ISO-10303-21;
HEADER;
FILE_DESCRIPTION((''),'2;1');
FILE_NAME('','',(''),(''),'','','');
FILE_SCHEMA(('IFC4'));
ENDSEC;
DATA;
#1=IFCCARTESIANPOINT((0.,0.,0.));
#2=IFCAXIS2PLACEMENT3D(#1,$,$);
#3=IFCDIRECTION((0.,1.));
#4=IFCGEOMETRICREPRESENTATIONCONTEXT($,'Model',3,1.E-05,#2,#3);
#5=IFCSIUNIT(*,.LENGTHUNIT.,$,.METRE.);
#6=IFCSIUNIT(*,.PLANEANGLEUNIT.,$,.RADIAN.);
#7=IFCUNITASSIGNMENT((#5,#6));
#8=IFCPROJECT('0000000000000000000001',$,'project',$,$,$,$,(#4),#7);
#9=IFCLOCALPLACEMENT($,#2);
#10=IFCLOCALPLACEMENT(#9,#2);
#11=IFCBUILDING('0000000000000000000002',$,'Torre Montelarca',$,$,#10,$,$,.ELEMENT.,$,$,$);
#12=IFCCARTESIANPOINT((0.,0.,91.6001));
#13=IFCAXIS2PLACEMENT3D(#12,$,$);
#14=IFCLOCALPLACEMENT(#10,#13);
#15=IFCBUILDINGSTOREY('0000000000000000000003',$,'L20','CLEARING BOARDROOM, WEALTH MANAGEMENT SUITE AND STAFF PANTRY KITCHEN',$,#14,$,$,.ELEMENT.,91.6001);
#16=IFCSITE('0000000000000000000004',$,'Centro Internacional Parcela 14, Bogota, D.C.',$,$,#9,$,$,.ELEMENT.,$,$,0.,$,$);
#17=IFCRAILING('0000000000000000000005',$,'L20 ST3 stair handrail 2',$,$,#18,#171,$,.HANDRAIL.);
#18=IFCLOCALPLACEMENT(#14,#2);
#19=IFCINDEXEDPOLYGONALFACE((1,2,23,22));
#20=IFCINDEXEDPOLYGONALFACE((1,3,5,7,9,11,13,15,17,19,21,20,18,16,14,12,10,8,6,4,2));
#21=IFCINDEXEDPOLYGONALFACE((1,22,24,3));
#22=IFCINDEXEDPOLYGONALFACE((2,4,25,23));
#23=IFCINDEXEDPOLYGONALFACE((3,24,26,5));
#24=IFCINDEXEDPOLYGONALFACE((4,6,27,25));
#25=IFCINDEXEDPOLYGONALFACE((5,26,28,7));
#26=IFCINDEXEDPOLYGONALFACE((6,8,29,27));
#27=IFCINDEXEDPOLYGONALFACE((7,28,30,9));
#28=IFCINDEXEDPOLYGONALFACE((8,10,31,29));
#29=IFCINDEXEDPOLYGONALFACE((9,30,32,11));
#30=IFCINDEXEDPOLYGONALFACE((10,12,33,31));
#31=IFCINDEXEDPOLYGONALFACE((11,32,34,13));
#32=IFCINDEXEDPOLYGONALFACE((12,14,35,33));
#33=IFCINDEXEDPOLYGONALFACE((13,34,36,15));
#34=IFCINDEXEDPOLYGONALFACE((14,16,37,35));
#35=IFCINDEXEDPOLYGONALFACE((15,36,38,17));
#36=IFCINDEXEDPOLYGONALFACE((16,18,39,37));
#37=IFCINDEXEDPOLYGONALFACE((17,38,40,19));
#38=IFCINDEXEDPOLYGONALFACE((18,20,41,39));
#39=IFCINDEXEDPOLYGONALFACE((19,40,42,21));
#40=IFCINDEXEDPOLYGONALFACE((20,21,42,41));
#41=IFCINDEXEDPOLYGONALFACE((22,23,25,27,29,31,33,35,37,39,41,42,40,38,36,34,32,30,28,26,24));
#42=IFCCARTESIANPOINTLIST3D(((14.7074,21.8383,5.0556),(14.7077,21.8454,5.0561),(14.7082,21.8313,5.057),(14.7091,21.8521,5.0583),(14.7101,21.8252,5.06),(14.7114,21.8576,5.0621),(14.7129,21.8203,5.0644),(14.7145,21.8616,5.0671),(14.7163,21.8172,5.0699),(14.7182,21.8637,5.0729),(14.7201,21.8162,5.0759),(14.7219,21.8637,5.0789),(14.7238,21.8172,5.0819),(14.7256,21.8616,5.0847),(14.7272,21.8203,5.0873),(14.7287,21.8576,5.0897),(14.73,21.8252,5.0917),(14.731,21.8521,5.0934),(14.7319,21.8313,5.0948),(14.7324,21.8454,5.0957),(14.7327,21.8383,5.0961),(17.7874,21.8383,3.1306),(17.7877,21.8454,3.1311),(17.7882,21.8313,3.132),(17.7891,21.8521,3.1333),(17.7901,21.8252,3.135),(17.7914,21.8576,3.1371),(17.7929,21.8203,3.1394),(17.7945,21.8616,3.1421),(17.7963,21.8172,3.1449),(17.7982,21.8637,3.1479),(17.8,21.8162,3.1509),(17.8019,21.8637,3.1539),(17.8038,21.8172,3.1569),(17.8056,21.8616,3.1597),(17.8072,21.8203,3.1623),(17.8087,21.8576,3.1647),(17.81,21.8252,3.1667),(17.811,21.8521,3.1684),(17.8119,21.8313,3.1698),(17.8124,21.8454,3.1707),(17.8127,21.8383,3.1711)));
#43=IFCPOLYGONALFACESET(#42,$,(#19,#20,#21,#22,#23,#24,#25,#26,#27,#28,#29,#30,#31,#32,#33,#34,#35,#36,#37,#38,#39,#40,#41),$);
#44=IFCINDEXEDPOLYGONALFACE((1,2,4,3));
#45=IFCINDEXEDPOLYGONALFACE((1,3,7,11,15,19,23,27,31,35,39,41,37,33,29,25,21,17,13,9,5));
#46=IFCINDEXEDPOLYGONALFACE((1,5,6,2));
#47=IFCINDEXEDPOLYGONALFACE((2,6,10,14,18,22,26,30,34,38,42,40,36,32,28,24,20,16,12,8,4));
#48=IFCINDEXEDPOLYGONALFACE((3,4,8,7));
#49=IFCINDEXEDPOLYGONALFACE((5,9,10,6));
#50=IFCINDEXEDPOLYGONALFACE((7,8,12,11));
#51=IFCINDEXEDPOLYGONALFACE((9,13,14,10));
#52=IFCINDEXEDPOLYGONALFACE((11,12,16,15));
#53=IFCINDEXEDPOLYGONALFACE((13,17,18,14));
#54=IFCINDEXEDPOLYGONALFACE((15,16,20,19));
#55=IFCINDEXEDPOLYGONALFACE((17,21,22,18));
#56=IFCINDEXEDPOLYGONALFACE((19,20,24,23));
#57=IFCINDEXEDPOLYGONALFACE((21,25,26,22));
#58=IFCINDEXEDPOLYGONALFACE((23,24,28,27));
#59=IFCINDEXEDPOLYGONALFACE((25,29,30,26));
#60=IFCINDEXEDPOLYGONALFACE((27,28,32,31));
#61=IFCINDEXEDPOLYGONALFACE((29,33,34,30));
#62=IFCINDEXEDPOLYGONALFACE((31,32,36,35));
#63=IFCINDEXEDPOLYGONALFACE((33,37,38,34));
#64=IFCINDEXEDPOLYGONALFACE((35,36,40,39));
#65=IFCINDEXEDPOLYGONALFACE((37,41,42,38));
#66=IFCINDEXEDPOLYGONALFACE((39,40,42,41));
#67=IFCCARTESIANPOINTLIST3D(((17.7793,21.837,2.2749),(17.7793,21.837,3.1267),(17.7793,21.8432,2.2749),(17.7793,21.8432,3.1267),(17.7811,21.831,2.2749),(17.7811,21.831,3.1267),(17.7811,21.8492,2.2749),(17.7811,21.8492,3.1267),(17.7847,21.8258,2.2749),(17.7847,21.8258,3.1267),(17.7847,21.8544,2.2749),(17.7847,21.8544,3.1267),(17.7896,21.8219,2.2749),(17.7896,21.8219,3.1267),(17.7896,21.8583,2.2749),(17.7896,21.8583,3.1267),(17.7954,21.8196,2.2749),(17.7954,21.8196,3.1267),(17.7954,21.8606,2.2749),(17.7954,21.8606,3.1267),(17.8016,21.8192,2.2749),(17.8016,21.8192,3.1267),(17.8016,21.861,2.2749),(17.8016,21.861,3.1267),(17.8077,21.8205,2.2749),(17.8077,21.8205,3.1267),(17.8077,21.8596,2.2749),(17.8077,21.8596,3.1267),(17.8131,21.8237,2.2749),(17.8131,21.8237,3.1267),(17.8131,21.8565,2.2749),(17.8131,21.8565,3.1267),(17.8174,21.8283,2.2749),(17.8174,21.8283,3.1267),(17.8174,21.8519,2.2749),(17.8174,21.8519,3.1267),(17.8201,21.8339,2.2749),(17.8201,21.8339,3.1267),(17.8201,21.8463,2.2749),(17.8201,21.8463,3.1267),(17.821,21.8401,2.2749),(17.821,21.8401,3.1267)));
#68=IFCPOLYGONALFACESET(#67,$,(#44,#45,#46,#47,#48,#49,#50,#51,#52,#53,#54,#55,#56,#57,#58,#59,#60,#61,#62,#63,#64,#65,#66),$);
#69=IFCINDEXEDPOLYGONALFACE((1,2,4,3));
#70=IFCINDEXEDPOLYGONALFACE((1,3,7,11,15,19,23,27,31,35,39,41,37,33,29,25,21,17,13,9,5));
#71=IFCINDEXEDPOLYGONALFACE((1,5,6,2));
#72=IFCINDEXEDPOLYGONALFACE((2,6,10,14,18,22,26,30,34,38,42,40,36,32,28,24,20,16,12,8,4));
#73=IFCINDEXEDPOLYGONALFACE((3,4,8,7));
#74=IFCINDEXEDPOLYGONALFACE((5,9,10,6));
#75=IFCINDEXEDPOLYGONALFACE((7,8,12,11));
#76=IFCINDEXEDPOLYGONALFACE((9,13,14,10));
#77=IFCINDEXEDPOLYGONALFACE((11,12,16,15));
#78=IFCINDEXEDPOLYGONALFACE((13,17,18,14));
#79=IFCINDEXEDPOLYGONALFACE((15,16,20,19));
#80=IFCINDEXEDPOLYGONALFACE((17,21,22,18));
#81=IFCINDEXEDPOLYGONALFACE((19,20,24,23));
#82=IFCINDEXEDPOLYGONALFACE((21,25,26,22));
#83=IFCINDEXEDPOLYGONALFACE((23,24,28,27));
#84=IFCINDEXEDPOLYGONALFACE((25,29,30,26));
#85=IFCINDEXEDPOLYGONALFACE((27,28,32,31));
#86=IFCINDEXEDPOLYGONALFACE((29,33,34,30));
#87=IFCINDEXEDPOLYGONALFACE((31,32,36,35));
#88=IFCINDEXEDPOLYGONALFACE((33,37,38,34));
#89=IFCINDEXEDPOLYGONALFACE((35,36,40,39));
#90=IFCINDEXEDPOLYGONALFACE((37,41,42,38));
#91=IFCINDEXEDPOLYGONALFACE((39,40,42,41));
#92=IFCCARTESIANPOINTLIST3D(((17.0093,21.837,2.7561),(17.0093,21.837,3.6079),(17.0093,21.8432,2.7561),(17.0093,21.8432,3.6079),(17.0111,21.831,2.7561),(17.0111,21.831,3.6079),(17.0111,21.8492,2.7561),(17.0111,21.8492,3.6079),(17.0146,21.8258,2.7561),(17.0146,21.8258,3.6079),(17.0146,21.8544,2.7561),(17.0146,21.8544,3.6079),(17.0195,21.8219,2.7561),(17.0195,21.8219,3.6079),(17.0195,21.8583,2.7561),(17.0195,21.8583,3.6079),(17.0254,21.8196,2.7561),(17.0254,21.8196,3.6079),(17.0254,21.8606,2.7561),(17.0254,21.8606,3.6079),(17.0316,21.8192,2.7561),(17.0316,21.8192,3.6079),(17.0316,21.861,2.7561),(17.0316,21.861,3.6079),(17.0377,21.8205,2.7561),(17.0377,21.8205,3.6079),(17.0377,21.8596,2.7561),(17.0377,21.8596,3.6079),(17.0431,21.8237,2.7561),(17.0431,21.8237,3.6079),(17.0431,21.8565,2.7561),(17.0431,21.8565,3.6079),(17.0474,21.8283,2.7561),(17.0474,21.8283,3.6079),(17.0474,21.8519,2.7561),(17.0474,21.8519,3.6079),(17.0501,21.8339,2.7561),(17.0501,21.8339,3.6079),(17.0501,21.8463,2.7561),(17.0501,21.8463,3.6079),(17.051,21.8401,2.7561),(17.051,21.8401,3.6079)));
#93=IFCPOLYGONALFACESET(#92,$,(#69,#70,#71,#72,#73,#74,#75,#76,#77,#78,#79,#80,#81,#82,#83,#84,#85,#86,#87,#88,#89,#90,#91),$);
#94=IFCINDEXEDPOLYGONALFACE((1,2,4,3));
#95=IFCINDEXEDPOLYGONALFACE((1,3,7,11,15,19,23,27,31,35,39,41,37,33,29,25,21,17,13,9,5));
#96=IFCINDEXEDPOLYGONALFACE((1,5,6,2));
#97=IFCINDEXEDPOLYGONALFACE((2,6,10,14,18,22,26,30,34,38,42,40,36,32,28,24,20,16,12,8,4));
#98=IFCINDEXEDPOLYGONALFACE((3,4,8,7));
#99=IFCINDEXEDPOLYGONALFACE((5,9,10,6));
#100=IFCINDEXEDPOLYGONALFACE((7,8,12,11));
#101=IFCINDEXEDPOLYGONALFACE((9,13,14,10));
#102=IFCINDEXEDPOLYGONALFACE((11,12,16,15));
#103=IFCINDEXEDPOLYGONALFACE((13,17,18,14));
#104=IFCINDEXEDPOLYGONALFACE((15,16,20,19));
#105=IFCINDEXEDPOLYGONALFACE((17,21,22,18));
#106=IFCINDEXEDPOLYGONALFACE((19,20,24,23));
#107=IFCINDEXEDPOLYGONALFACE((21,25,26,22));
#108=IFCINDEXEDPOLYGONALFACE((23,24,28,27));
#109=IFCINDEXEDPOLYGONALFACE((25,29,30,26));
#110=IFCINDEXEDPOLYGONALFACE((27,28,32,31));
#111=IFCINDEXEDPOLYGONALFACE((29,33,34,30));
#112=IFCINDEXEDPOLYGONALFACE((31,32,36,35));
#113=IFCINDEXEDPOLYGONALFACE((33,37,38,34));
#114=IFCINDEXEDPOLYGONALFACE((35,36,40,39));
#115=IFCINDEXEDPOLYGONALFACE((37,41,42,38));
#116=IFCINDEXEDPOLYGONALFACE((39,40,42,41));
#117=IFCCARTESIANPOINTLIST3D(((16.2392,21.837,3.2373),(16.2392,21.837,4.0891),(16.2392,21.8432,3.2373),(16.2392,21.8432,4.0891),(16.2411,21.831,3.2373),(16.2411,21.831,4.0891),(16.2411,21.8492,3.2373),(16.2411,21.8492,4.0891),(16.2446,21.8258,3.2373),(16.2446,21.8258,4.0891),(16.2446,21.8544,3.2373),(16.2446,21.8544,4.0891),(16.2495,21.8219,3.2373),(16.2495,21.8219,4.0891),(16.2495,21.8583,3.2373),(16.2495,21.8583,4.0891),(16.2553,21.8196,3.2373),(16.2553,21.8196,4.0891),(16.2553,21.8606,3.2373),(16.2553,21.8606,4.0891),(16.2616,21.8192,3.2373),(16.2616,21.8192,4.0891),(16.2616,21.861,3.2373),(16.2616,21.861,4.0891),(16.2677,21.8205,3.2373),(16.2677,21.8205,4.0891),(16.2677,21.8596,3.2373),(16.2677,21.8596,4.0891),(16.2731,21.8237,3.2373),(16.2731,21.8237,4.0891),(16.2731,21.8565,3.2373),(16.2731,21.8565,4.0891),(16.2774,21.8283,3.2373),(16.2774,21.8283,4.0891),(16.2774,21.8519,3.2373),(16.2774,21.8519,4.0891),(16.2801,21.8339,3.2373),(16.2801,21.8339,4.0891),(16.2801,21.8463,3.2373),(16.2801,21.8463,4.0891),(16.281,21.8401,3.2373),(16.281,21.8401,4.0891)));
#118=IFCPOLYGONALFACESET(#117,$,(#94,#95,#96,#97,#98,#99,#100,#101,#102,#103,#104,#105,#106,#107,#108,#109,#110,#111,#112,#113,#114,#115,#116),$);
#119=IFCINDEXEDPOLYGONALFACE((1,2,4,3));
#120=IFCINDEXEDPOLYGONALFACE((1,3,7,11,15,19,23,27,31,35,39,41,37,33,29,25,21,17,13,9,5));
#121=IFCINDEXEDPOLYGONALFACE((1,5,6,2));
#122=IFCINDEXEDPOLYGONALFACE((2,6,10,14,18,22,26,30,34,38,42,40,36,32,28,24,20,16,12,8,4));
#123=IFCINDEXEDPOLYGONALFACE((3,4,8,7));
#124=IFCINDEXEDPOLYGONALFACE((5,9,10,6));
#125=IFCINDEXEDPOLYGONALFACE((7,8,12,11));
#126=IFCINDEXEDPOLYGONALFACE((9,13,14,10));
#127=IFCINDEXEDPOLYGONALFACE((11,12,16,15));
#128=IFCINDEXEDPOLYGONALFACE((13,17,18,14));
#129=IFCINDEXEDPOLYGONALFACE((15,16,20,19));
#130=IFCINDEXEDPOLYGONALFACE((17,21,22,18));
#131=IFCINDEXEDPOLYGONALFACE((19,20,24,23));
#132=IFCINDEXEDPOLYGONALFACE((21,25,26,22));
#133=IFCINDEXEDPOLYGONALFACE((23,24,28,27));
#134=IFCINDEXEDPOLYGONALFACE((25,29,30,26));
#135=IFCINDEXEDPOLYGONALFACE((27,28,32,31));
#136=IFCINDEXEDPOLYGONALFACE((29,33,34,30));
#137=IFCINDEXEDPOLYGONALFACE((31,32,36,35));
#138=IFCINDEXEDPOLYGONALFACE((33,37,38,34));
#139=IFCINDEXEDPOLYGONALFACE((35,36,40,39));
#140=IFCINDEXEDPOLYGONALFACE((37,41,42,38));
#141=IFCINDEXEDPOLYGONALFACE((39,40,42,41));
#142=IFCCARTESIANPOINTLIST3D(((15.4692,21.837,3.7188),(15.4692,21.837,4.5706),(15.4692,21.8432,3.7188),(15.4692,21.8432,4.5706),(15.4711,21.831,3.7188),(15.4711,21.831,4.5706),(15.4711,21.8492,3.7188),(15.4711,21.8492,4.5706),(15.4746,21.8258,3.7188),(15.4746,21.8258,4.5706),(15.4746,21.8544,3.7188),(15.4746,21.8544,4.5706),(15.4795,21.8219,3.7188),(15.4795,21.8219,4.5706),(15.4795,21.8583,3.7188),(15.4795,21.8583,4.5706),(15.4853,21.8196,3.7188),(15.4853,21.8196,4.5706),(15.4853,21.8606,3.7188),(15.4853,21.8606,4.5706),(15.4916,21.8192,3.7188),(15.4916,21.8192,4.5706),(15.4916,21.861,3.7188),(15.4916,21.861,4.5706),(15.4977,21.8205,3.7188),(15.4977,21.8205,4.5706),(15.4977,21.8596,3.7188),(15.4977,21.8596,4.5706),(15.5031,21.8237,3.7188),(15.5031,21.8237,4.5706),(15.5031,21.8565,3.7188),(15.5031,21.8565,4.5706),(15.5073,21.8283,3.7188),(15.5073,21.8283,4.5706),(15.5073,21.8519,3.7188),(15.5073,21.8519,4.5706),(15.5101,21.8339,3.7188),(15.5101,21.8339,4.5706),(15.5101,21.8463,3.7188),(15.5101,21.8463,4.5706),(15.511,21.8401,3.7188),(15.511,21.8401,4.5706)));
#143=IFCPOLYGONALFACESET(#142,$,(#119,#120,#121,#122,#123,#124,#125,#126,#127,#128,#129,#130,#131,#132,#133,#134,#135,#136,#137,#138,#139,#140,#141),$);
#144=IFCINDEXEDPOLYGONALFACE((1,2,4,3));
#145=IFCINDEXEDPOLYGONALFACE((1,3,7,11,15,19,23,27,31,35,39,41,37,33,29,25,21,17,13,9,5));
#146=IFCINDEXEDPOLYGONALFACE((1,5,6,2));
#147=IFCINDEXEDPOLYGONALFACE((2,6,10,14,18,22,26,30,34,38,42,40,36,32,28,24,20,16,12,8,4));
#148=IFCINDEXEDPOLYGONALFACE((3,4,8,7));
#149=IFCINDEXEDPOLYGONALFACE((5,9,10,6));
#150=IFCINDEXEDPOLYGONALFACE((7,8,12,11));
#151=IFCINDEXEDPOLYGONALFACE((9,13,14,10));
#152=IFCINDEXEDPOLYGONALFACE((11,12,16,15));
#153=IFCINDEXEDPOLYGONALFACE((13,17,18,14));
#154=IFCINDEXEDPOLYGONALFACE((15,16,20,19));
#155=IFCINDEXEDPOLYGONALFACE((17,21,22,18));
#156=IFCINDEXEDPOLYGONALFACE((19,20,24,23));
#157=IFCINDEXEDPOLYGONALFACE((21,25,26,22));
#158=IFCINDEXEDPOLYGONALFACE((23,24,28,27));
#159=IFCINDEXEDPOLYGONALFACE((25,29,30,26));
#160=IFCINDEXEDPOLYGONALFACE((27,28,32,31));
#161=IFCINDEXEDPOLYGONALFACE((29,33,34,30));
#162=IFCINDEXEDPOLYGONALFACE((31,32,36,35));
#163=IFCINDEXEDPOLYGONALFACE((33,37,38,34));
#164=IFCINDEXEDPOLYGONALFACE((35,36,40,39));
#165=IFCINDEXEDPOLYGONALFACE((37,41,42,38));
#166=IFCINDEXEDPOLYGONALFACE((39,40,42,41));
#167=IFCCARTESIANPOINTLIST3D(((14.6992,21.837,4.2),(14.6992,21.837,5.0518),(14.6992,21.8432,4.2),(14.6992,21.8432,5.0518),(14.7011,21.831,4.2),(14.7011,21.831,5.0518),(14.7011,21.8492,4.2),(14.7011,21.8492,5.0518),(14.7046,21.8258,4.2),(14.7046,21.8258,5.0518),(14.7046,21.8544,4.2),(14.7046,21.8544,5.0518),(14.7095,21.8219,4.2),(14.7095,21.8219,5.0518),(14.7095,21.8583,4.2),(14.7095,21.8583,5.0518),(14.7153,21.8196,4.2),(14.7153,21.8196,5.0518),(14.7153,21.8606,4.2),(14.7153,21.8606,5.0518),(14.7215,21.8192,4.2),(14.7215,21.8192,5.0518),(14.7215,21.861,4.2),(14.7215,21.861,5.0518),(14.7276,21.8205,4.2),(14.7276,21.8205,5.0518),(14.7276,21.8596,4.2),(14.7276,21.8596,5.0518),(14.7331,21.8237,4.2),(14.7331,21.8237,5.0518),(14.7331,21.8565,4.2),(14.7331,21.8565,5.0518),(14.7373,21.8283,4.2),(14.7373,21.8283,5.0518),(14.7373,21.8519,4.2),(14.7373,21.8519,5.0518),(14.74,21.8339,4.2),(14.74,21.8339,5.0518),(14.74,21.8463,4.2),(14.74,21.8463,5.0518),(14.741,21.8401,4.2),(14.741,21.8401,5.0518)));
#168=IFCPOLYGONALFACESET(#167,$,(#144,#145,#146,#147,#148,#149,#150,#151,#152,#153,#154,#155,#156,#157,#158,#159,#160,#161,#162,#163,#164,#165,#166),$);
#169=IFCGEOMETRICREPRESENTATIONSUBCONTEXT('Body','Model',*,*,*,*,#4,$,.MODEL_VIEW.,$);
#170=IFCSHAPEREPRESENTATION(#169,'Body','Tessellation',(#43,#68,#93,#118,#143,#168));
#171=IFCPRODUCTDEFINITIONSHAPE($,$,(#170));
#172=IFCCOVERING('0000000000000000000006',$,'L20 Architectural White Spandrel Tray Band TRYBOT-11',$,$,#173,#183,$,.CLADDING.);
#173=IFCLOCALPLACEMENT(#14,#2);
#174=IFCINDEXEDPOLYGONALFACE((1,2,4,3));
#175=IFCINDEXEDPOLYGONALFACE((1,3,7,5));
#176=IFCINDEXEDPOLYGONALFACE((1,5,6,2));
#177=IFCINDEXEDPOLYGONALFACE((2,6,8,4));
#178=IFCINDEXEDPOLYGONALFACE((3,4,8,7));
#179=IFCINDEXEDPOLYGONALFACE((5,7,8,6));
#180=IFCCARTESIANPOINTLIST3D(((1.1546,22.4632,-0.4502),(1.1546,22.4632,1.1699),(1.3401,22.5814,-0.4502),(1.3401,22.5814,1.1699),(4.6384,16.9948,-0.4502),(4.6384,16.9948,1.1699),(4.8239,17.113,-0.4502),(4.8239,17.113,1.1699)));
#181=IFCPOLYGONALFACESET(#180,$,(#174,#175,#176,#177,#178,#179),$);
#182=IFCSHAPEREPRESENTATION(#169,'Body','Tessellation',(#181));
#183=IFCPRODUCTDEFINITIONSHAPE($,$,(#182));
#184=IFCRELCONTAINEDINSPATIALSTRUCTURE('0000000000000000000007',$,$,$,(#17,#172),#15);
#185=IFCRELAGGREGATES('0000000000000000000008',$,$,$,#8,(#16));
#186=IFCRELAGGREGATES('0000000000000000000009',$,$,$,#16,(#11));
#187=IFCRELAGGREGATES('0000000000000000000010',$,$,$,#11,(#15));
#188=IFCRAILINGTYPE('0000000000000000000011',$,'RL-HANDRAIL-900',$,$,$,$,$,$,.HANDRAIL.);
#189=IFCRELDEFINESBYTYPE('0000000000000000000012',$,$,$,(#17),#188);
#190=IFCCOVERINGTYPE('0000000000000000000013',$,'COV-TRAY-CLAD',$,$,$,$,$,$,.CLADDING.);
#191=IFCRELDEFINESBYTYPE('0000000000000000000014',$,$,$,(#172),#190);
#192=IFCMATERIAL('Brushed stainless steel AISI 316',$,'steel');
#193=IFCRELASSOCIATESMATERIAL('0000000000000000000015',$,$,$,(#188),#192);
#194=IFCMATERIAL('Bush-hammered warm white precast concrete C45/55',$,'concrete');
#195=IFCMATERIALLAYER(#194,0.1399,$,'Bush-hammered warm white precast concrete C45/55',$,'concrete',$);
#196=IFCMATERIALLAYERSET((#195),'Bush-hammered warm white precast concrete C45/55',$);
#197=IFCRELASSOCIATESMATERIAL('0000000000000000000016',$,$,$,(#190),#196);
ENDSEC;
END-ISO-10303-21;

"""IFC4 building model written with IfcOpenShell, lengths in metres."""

from ifc_helpers import new_model, si_unit, direction, frame, origin, origin_2d, place, context, subcontext, project, spatial, rectangle, circle, extrude, source, transform, mapped, material, layer, layer_set, type_object, element, save


model = new_model("IFC4")

# Units and contexts
model_context = context("Model", 3, precision=1e-05, world=origin(), true_north=direction((0.0, 1.0)))
body_context = subcontext(model_context, "Body", "Model", "MODEL_VIEW")
ifc_project = project(units=[si_unit("LENGTHUNIT", "METRE"), si_unit("PLANEANGLEUNIT", "RADIAN")], contexts=[model_context])

# Site, building, storey
site_placement = place(None, origin())
site = spatial("IfcSite", under=ifc_project, at=site_placement, Name="Centro Internacional Parcela 14, Bogota, D.C.", CompositionType="ELEMENT", RefElevation=0.0)
building_placement = place(site_placement, origin())
building = spatial("IfcBuilding", under=site, at=building_placement, Name="Torre Montelarca", CompositionType="ELEMENT")
storey_placement = place(building_placement, frame((0.0, 0.0, 91.6001)))
storey = spatial("IfcBuildingStorey", under=building, at=storey_placement, Name="L20", Description="CLEARING BOARDROOM, WEALTH MANAGEMENT SUITE AND STAFF PANTRY KITCHEN", CompositionType="ELEMENT", Elevation=91.6001)

# Railing
ifc_material_1 = material(Name="Brushed stainless steel AISI 316", Category="steel")
railing_type_1 = type_object("IfcRailingType", Name="RL-HANDRAIL-900", PredefinedType="HANDRAIL", material=ifc_material_1)
railing_1_placement = place(storey_placement, frame((17.8, 21.8401, 2.2749)))
element("IfcRailing", 1, at=railing_1_placement, inside=storey, type_object=railing_type_1, Name="L20 ST3 stair handrail 2", PredefinedType="HANDRAIL", context=body_context, shape_type="SweptSolid", body=[
    extrude(circle(Radius=0.0239, at=origin_2d()), frame((0.0, 0.0, 0.876), z_axis=(-0.847998, 0.0, 0.529999), x_axis=(0.0, -1.0, 0.0)), (0.0, 0.0, 1.0), 3.6321),
    extrude(circle(Radius=0.021, at=origin_2d()), origin(), (0.0, 0.0, 1.0), 0.8518),
    extrude(circle(Radius=0.021, at=origin_2d()), frame((-0.77, 0.0, 0.4812)), (0.0, 0.0, 1.0), 0.8518),
    extrude(circle(Radius=0.021, at=origin_2d()), frame((-1.54, 0.0, 0.9624)), (0.0, 0.0, 1.0), 0.8518),
    extrude(circle(Radius=0.021, at=origin_2d()), frame((-2.3101, 0.0, 1.4438)), (0.0, 0.0, 1.0), 0.8518),
    extrude(circle(Radius=0.021, at=origin_2d()), frame((-3.0801, 0.0, 1.925)), (0.0, 0.0, 1.0), 0.8518),
])

# Covering
ifc_material_2 = material(Name="Bush-hammered warm white precast concrete C45/55", Category="concrete")
ifc_layer_1 = layer(ifc_material_2, 0.1399, Name="Bush-hammered warm white precast concrete C45/55", Category="concrete")
ifc_layer_set_1 = layer_set([ifc_layer_1], Name="Bush-hammered warm white precast concrete C45/55")
covering_type = type_object("IfcCoveringType", Name="COV-TRAY-CLAD", PredefinedType="CLADDING", material=ifc_layer_set_1)
shared_shape_1 = source(origin(), body_context, "Body", "SweptSolid", [
    extrude(rectangle(XDim=6.4839, YDim=0.22, at=origin_2d()), origin(), (0.0, 0.0, 1.0), 1.6201),
])
covering_placement = place(storey_placement, frame((2.9893, 19.7881, -0.4502), z_axis=(0.0, 0.0, 1.0), x_axis=(0.537305, -0.843388, 0.0)))
element("IfcCovering", 2, at=covering_placement, inside=storey, type_object=covering_type, Name="L20 Architectural White Spandrel Tray Band TRYBOT-11", PredefinedType="CLADDING", context=body_context, shape_type="MappedRepresentation", body=[
    mapped(shared_shape_1, transform((0.0, 0.0, 0.0), scale=1.0)),
])

save(model, "model.ifc")
